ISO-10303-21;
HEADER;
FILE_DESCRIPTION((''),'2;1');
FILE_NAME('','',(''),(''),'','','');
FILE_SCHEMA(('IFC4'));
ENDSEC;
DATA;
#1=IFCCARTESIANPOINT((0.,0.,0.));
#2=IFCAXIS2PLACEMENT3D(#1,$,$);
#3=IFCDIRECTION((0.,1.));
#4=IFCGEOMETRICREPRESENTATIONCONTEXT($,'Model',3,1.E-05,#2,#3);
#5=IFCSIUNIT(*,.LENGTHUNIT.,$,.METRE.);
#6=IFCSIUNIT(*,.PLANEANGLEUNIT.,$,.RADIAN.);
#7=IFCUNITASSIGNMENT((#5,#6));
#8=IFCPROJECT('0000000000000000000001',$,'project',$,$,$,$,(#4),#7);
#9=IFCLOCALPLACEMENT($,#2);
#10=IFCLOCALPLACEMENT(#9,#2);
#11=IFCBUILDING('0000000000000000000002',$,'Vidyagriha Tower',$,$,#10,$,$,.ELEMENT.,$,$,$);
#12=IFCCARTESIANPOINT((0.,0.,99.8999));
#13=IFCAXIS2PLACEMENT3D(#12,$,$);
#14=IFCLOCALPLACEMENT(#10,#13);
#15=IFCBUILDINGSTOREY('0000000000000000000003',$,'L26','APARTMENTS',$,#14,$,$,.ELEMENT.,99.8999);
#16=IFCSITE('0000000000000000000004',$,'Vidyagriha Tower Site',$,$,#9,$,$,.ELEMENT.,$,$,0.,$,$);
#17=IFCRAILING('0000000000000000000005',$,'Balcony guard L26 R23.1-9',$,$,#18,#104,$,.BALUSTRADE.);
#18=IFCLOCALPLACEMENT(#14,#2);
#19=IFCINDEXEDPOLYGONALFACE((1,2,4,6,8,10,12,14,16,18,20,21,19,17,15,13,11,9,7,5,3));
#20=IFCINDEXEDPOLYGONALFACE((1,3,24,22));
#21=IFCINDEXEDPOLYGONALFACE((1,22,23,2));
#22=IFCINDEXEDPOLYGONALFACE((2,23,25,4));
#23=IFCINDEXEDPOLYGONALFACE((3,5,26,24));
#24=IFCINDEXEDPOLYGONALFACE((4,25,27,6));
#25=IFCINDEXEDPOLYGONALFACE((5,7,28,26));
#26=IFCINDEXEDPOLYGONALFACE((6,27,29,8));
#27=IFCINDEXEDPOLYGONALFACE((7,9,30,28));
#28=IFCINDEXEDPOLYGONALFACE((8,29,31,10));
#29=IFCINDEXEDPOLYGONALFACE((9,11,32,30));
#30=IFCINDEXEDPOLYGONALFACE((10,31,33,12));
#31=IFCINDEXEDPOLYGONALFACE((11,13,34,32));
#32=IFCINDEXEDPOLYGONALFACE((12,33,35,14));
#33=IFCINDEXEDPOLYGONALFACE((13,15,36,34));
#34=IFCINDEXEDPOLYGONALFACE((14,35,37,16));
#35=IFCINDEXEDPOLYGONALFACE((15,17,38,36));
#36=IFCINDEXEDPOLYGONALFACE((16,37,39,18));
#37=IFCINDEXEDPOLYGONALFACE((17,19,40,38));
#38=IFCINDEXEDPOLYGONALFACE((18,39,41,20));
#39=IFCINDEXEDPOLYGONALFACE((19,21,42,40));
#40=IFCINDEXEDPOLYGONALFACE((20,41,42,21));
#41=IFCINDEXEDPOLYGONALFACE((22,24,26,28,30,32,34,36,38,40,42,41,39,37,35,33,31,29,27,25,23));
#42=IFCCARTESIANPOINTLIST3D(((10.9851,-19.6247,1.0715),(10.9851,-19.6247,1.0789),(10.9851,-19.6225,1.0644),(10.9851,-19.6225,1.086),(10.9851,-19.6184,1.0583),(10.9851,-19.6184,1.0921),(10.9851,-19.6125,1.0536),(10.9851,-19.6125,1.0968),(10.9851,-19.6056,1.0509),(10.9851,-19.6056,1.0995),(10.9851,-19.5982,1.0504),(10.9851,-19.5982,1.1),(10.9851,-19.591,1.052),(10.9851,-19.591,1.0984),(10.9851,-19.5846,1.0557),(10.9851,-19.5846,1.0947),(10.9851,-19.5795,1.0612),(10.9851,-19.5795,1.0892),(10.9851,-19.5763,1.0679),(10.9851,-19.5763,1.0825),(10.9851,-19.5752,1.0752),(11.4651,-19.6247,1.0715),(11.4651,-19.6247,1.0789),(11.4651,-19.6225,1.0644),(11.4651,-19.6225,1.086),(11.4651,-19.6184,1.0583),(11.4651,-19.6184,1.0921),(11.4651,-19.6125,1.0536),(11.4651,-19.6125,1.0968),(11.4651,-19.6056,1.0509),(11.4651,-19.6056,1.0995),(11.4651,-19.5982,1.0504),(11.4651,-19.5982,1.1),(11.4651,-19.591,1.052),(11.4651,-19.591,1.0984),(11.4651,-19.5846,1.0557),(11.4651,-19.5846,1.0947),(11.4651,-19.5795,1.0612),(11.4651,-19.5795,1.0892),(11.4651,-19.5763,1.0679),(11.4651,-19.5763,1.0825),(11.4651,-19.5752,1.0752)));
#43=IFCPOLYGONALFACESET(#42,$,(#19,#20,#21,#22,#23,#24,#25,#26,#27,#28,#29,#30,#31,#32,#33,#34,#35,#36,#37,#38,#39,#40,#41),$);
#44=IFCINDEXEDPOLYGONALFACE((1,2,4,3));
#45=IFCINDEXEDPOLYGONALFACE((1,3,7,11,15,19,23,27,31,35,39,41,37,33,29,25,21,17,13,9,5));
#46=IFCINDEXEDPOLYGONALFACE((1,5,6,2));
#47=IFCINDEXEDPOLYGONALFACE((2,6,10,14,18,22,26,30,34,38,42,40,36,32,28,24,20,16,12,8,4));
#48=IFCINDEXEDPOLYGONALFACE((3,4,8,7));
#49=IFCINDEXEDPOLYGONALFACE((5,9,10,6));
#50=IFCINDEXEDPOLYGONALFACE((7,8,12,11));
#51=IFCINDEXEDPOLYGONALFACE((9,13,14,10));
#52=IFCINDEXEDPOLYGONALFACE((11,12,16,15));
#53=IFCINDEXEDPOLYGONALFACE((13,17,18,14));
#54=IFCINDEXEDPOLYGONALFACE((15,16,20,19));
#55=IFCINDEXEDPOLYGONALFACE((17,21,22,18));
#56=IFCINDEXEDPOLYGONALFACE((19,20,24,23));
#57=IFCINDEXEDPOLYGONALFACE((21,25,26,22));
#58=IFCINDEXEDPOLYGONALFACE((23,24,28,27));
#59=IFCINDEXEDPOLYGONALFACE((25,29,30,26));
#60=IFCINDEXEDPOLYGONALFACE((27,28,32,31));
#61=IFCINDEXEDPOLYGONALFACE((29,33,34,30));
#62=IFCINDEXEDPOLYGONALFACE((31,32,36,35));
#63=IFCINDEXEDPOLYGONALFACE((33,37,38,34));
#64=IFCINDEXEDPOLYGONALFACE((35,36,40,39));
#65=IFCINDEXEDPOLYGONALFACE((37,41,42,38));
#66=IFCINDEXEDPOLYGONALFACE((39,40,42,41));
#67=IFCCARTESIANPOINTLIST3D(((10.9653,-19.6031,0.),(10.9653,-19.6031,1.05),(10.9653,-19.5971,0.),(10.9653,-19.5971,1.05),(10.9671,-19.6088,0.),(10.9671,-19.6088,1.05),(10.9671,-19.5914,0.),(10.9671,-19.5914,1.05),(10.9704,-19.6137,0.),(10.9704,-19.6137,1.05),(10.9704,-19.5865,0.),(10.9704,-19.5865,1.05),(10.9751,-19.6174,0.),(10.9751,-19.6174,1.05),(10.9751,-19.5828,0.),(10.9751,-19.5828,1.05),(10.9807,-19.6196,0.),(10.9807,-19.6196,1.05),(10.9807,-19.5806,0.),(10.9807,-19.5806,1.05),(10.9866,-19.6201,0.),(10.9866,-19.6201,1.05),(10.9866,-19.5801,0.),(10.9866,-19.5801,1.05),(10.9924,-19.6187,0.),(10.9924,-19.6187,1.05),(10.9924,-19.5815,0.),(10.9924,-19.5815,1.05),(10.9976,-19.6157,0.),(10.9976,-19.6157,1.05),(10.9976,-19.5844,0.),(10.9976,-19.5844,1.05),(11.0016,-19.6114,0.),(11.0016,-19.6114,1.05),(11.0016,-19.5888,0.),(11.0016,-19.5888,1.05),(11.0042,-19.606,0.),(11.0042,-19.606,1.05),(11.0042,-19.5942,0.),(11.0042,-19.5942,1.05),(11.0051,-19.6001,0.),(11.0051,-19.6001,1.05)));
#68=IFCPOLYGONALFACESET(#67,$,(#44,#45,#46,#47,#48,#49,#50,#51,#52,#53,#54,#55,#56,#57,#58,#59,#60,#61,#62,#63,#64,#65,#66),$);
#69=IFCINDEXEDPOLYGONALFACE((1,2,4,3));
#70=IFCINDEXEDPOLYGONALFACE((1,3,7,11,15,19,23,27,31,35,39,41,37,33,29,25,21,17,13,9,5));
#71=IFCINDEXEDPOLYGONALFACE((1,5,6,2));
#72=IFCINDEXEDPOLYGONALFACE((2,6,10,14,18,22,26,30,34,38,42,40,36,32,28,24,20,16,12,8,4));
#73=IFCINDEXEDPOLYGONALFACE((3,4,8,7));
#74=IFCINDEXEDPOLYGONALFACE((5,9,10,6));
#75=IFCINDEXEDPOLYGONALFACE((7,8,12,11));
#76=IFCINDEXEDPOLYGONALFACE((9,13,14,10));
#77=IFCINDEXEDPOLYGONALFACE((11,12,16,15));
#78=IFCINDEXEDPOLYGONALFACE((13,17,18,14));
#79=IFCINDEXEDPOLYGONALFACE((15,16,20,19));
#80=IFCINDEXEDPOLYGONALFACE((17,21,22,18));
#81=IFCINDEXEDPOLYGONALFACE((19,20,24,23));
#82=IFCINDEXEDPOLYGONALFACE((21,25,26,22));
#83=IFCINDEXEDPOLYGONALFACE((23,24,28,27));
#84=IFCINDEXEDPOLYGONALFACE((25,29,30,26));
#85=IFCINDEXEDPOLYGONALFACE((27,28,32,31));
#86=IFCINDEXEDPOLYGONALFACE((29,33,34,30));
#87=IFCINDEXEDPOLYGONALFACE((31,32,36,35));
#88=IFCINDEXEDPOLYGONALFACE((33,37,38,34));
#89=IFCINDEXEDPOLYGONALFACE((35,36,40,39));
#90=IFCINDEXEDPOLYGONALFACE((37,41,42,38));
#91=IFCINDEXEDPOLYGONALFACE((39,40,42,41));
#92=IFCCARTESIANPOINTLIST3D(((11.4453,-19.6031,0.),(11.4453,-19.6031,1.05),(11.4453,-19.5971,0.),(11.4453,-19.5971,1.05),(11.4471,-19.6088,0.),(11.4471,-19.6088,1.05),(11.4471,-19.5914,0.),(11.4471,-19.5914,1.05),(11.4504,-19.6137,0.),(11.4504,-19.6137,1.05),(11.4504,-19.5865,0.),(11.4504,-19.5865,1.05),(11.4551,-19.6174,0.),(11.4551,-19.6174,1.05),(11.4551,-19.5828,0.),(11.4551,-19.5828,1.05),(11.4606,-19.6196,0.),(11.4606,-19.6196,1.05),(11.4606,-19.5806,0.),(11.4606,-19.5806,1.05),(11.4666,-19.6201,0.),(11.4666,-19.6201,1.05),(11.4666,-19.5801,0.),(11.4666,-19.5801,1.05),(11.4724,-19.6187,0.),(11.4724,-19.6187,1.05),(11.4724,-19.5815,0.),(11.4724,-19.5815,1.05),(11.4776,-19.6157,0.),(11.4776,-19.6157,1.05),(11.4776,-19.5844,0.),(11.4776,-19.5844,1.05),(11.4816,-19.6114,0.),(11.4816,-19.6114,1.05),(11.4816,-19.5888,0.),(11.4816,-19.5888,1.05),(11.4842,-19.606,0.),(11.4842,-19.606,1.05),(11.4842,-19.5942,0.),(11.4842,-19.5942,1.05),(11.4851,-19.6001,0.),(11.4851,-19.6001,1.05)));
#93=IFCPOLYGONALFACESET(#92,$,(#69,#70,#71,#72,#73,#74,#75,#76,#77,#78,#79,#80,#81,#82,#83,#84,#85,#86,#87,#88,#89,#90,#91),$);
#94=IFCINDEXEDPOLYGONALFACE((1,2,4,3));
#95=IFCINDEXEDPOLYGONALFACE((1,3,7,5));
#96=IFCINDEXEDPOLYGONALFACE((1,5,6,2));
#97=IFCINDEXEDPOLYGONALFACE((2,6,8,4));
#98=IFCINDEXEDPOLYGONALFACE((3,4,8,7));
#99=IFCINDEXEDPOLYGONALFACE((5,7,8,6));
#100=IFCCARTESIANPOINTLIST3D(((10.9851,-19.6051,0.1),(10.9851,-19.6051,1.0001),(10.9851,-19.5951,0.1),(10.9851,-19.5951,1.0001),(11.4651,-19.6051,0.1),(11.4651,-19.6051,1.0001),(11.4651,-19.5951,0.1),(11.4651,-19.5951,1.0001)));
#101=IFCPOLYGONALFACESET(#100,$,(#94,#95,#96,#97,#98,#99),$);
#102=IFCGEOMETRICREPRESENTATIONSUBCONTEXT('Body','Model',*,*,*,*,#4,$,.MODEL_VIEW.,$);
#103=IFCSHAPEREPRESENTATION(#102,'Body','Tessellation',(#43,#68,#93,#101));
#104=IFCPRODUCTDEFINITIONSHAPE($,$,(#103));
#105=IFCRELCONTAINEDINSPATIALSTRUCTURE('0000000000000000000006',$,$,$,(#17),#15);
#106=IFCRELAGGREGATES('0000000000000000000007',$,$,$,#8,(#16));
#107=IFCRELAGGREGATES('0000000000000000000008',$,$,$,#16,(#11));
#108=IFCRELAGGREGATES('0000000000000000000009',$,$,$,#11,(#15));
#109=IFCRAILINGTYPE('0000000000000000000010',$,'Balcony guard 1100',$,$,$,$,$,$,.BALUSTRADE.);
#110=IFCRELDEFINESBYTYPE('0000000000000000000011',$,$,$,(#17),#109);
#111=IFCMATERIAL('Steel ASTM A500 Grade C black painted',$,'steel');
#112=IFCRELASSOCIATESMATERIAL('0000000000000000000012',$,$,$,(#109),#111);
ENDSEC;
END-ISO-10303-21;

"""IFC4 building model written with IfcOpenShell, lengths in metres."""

from ifc_helpers import new_model, si_unit, direction, frame, origin, origin_2d, place, context, subcontext, project, spatial, rectangle, circle, extrude, material, type_object, element, save


model = new_model("IFC4")

# Units and contexts
model_context = context("Model", 3, precision=1e-05, world=origin(), true_north=direction((0.0, 1.0)))
body_context = subcontext(model_context, "Body", "Model", "MODEL_VIEW")
ifc_project = project(units=[si_unit("LENGTHUNIT", "METRE"), si_unit("PLANEANGLEUNIT", "RADIAN")], contexts=[model_context])

# Site, building, storey
site_placement = place(None, origin())
site = spatial("IfcSite", under=ifc_project, at=site_placement, Name="Vidyagriha Tower Site", CompositionType="ELEMENT", RefElevation=0.0)
building_placement = place(site_placement, origin())
building = spatial("IfcBuilding", under=site, at=building_placement, Name="Vidyagriha Tower", CompositionType="ELEMENT")
storey_placement = place(building_placement, frame((0.0, 0.0, 99.8999)))
storey = spatial("IfcBuildingStorey", under=building, at=storey_placement, Name="L26", Description="APARTMENTS", CompositionType="ELEMENT", Elevation=99.8999)

# Railing
ifc_material_1 = material(Name="Steel ASTM A500 Grade C black painted", Category="steel")
railing_type = type_object("IfcRailingType", Name="Balcony guard 1100", PredefinedType="BALUSTRADE", material=ifc_material_1)
railing_1_placement = place(storey_placement, frame((10.9851, -19.6001, 0.0)))
element("IfcRailing", 1, at=railing_1_placement, inside=storey, type_object=railing_type, Name="Balcony guard L26 R23.1-9", PredefinedType="BALUSTRADE", context=body_context, shape_type="SweptSolid", body=[
    extrude(circle(Radius=0.0249, at=origin_2d()), frame((0.0, 0.0, 1.0752), z_axis=(1.0, 0.0, 0.0), x_axis=(0.0, 1.0, 0.0)), (0.0, 0.0, 1.0), 0.48),
    extrude(circle(Radius=0.02, at=origin_2d()), origin(), (0.0, 0.0, 1.0), 1.05),
    extrude(circle(Radius=0.02, at=origin_2d()), frame((0.48, 0.0, 0.0)), (0.0, 0.0, 1.0), 1.05),
    extrude(rectangle(XDim=0.01, YDim=0.9001, at=origin_2d()), frame((0.0, 0.0, 0.55), z_axis=(1.0, 0.0, 0.0), x_axis=(0.0, 1.0, 0.0)), (0.0, 0.0, 1.0), 0.48),
])

save(model, "model.ifc")
